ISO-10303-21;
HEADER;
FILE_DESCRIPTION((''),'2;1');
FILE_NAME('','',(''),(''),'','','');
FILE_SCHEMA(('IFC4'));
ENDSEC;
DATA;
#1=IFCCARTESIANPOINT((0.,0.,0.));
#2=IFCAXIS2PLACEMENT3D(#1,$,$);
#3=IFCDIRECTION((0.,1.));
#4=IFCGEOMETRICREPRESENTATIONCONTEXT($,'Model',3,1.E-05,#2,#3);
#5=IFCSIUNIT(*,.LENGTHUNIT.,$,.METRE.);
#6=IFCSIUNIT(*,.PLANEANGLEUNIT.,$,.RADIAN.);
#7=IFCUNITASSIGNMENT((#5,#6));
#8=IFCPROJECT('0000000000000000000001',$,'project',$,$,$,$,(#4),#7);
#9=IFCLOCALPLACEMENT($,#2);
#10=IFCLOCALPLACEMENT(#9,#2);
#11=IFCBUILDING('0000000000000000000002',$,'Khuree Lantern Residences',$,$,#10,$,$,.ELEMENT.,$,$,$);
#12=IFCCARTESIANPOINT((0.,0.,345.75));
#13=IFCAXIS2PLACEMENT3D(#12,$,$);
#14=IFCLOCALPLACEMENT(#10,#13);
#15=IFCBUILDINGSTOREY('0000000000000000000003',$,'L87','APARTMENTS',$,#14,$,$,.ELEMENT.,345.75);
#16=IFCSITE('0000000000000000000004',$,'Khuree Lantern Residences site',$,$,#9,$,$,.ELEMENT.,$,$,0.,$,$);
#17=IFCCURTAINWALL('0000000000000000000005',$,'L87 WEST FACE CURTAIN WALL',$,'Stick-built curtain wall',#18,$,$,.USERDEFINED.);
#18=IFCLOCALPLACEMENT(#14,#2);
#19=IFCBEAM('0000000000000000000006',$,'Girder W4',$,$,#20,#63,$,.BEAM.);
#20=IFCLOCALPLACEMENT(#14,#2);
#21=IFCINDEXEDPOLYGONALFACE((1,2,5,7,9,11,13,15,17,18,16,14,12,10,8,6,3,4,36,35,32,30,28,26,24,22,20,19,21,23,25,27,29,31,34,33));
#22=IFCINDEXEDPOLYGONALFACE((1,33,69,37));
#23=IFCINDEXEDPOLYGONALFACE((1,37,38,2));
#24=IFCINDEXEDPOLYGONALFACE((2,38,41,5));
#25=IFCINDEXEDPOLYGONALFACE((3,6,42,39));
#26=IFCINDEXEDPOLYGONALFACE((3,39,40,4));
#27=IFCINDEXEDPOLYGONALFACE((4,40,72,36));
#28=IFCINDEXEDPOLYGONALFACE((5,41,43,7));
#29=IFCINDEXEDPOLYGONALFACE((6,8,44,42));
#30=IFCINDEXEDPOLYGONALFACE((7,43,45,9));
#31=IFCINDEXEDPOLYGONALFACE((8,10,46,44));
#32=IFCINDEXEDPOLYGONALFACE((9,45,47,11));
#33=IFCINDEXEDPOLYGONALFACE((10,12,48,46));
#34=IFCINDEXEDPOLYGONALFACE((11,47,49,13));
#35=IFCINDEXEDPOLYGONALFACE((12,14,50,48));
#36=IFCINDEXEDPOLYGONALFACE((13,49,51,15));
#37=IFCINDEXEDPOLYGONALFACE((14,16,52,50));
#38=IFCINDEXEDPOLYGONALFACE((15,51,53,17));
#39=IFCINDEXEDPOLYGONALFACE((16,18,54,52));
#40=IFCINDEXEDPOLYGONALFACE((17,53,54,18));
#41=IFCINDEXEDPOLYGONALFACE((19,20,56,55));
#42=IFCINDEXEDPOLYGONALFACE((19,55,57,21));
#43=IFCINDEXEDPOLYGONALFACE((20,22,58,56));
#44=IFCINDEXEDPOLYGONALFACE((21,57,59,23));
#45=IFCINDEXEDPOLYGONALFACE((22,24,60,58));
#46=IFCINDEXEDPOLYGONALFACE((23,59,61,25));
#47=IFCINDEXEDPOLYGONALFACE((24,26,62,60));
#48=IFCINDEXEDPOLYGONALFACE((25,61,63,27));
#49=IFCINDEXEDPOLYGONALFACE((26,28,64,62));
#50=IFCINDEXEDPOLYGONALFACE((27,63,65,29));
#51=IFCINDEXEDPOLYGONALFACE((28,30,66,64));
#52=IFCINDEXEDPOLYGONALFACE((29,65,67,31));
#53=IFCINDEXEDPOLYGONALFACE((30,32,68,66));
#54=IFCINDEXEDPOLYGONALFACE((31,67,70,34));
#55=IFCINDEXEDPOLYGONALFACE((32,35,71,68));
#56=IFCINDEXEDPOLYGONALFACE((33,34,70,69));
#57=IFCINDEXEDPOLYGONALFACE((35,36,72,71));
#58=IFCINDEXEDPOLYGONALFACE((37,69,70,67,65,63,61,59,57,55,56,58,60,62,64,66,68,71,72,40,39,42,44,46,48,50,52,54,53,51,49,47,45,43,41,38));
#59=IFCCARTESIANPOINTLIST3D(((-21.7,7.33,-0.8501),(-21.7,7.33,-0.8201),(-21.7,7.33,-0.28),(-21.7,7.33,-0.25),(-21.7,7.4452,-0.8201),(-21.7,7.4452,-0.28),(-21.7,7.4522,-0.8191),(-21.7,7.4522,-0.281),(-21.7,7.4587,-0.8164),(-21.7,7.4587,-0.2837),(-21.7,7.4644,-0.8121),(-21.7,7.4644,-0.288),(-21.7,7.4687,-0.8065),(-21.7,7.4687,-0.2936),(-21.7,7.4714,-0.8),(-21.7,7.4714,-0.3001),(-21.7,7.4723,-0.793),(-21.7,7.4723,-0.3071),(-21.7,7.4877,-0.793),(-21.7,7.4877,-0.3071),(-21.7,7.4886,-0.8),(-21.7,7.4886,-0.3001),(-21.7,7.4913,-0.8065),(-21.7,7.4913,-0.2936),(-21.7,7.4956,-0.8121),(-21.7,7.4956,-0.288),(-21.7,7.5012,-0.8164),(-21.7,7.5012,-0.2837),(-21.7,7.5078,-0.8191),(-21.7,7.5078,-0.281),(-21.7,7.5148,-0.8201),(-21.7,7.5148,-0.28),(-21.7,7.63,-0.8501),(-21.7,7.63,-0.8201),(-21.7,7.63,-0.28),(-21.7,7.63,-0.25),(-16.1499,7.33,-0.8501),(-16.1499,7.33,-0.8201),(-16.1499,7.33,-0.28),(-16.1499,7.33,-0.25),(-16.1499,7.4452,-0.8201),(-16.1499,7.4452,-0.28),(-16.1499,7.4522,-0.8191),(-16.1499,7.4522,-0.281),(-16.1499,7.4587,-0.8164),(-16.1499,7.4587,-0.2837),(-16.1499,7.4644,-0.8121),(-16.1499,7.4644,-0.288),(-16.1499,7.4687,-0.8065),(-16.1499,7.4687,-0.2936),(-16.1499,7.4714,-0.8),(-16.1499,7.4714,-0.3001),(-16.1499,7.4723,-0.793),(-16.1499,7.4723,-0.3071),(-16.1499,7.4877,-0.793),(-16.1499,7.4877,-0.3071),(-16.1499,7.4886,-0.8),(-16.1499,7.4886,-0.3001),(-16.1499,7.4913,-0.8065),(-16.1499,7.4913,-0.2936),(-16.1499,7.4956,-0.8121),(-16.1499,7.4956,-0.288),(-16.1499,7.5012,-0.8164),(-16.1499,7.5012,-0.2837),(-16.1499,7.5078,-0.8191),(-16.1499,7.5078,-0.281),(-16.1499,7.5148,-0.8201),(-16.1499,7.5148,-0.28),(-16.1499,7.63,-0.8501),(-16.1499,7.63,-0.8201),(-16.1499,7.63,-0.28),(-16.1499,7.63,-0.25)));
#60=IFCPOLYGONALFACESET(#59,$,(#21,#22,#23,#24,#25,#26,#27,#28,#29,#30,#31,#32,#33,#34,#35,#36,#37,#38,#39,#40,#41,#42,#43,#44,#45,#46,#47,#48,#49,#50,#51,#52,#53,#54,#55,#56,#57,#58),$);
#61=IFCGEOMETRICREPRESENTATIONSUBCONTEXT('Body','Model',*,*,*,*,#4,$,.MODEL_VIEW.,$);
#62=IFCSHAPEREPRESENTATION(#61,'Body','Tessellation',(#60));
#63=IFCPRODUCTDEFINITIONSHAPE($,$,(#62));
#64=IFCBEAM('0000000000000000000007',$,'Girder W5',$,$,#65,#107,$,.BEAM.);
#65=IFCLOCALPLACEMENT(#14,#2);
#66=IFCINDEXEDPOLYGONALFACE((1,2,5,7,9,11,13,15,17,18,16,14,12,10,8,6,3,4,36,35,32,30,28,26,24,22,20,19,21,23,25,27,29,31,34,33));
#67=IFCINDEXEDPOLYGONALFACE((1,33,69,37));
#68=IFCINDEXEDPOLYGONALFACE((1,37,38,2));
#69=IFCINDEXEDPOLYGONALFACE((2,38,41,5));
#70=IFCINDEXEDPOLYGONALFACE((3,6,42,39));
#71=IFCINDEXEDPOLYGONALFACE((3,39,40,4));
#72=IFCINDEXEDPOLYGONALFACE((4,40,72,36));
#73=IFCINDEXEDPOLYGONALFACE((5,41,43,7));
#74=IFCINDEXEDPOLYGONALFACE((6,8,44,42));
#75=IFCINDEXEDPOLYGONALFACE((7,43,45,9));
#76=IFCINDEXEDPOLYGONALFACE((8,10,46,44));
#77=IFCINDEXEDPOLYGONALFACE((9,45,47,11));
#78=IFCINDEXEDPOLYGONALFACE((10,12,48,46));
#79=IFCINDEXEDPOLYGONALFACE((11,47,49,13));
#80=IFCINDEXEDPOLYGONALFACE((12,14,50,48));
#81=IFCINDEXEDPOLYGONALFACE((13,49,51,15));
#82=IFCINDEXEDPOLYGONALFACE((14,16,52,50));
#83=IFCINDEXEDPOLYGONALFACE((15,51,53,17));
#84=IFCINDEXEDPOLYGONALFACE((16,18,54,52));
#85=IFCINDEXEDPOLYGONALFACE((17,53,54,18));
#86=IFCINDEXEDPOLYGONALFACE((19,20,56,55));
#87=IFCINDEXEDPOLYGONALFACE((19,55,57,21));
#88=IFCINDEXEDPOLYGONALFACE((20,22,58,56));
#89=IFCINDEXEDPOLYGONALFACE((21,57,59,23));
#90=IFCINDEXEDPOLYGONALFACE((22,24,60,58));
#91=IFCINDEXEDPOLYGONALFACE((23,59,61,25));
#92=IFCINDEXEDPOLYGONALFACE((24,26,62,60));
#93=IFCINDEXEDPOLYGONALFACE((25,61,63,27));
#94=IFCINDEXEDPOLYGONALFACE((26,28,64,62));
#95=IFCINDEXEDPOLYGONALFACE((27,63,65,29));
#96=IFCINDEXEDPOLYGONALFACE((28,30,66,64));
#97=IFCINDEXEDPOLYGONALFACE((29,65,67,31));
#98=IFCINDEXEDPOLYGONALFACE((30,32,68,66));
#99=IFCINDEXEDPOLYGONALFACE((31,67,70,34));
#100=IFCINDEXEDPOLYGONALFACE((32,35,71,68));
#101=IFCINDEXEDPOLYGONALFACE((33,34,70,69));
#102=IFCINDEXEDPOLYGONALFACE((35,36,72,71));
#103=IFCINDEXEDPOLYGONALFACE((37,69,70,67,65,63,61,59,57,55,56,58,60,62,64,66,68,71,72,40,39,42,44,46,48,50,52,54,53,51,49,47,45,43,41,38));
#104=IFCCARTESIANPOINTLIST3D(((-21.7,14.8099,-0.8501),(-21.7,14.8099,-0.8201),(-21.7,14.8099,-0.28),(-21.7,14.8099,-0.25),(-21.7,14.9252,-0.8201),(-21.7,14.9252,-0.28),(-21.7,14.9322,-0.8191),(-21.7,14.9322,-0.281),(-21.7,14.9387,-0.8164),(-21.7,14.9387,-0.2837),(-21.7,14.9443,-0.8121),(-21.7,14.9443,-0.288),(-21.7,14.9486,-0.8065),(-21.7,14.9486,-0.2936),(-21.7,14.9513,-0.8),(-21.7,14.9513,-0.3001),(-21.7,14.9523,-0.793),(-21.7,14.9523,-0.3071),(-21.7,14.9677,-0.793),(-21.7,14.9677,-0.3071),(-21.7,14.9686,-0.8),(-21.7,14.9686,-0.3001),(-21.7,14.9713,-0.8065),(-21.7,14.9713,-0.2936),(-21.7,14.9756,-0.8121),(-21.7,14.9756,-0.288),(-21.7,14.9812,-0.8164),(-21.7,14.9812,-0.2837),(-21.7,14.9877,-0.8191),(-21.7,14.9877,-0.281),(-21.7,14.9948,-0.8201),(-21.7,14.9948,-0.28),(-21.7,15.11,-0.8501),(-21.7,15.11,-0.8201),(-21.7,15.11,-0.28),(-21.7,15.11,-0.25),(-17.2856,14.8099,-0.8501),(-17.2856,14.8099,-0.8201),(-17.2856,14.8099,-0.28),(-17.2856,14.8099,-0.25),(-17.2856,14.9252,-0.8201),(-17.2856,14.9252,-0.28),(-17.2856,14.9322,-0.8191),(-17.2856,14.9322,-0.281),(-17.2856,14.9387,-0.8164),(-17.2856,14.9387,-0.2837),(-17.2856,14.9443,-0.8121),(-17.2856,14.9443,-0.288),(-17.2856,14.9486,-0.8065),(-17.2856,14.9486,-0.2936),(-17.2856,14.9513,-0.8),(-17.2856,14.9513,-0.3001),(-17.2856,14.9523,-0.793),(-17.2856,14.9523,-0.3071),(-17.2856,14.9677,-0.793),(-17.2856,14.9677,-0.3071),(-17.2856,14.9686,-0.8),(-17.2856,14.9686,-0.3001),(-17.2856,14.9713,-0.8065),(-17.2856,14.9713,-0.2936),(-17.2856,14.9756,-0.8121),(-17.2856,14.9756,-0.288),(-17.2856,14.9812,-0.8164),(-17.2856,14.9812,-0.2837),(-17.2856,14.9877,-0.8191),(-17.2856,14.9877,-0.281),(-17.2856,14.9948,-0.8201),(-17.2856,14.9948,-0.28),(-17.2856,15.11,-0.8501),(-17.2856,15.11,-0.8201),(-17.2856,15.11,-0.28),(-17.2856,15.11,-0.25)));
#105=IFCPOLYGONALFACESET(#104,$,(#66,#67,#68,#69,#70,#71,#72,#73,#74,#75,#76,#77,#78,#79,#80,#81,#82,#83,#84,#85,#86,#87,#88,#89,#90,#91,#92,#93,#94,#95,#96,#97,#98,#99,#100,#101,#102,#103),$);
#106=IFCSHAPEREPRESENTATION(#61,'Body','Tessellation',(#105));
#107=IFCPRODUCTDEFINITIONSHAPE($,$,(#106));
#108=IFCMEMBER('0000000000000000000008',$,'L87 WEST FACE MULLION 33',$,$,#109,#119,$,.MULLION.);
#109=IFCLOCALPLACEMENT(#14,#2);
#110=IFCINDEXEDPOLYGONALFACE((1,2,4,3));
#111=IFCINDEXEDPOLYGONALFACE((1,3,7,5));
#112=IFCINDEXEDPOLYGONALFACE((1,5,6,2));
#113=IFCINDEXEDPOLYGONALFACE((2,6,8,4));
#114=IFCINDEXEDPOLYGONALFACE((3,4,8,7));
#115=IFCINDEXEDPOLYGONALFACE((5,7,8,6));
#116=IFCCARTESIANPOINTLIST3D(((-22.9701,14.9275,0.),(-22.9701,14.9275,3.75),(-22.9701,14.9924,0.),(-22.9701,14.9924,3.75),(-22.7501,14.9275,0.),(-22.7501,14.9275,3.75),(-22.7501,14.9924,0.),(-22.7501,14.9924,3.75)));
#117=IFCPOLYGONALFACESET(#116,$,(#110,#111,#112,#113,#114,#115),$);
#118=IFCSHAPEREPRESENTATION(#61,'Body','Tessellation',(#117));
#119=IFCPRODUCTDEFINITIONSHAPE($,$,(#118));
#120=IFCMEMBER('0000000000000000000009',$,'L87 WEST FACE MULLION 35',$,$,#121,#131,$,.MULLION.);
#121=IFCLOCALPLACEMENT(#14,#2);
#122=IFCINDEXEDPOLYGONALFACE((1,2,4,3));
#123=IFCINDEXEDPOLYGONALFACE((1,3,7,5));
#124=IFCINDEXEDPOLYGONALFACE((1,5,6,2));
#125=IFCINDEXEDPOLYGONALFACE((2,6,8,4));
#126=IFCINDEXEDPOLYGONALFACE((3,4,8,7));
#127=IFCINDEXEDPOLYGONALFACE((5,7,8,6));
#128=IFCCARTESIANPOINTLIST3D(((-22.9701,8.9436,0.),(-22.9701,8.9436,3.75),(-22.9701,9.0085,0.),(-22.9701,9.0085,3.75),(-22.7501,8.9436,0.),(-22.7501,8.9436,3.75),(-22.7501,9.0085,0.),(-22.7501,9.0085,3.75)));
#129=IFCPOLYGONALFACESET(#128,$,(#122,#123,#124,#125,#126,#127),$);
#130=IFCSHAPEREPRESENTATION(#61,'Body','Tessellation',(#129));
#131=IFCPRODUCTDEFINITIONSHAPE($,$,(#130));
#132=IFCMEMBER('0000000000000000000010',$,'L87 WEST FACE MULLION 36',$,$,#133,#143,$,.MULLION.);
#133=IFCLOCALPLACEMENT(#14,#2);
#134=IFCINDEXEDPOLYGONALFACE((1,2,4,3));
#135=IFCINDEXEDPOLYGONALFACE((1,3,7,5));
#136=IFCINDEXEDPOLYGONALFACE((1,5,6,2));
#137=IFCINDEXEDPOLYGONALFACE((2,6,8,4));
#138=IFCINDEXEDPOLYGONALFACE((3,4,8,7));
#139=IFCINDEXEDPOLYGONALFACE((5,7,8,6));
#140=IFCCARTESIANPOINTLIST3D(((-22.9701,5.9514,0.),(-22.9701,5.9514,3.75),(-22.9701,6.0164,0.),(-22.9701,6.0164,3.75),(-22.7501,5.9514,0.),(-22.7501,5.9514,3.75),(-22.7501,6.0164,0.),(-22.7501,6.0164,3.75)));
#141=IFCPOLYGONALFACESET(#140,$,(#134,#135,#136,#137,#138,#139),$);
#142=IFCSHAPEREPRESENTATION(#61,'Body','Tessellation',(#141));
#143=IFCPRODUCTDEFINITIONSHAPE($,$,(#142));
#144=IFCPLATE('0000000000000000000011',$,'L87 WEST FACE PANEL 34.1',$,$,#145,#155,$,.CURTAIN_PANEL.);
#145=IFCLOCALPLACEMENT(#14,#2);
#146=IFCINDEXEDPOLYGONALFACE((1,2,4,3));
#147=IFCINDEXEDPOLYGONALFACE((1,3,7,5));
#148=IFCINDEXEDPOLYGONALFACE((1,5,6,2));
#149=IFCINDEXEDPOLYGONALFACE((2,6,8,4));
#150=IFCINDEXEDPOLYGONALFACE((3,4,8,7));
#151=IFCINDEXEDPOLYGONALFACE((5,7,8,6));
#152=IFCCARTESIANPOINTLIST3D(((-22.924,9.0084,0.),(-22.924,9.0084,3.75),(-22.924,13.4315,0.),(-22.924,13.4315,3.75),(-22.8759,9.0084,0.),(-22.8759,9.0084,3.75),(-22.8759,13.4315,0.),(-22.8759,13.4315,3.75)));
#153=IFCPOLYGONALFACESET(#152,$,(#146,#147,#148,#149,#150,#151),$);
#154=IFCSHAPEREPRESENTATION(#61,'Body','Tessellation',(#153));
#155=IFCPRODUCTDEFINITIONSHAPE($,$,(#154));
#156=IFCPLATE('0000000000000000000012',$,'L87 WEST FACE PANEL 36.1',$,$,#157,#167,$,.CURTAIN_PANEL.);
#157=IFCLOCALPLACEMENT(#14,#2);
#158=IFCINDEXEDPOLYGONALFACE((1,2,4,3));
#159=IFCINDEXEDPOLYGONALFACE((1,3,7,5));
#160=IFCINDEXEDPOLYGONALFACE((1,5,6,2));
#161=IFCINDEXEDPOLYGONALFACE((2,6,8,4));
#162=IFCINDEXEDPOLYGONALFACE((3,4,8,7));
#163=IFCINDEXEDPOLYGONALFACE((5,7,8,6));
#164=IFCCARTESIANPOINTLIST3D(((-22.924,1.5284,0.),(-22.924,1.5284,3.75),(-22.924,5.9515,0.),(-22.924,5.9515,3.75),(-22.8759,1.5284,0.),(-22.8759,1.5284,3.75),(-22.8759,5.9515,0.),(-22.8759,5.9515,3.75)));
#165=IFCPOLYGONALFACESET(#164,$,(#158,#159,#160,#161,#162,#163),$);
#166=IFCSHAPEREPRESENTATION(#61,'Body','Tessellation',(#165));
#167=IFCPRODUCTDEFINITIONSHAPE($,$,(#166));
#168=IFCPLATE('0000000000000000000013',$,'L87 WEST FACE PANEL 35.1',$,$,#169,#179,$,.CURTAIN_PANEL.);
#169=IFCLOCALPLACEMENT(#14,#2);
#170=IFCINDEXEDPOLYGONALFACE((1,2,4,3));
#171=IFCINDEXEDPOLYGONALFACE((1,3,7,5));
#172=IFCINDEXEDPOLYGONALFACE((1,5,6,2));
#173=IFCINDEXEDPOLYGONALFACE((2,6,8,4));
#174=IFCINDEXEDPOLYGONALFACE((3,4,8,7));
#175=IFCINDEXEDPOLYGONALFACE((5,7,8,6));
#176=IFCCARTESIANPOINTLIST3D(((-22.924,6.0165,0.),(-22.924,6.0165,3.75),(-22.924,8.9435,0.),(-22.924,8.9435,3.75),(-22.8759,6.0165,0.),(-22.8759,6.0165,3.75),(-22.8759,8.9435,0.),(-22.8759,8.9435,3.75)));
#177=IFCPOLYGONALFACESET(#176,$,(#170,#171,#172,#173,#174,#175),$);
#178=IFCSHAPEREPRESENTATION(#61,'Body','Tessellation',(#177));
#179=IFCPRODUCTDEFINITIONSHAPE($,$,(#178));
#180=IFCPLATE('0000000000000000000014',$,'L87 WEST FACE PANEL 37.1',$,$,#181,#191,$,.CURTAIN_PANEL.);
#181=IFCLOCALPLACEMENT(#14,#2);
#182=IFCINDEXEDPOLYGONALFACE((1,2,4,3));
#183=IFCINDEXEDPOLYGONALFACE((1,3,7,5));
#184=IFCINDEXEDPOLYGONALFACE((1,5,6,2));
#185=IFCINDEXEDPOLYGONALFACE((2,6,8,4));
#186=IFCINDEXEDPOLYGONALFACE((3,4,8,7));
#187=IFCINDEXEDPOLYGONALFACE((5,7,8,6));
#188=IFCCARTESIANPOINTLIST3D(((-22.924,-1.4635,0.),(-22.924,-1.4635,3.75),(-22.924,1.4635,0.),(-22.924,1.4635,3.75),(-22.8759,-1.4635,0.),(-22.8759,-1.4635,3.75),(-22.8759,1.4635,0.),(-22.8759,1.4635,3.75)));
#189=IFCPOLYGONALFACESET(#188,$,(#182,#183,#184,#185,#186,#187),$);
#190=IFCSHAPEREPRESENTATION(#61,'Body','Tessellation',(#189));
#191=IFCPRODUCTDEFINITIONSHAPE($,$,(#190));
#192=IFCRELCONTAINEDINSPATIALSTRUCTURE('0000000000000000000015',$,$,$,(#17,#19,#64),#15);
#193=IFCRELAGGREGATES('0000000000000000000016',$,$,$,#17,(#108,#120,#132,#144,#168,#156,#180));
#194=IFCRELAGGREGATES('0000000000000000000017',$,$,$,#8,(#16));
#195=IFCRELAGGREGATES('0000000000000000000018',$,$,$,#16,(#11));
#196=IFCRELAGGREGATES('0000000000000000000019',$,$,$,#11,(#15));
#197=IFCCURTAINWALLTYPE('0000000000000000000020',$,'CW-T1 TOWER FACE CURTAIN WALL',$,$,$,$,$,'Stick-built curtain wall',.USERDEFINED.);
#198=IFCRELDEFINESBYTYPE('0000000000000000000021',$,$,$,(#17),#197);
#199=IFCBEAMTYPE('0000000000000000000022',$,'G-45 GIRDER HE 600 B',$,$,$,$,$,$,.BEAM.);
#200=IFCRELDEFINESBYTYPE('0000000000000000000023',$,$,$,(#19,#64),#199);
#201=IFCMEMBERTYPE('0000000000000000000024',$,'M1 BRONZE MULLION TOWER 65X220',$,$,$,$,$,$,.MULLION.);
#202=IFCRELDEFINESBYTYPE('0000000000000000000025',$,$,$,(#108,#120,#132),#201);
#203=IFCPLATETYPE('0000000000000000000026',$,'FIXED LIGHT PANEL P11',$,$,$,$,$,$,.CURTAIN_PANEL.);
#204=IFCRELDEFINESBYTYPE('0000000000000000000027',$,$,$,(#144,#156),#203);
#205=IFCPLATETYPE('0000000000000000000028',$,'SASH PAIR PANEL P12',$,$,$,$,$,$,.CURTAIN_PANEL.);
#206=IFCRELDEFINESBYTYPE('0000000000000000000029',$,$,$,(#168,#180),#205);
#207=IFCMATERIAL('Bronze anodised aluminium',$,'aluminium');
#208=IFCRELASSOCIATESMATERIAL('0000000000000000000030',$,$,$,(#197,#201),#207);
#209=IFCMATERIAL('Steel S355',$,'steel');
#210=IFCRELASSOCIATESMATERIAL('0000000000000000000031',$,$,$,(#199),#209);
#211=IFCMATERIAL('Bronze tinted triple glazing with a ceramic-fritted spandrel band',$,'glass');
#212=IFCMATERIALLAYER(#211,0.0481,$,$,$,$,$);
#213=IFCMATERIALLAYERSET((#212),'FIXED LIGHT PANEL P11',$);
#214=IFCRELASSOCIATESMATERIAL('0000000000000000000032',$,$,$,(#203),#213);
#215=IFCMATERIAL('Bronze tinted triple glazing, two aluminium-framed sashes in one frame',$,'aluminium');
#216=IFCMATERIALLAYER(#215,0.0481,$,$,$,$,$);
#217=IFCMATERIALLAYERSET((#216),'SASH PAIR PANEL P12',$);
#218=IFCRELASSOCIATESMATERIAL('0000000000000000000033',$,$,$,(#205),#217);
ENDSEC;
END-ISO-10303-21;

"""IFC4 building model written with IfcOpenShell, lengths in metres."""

from ifc_helpers import new_model, si_unit, direction, frame, origin, origin_2d, place, context, subcontext, project, spatial, rectangle, i_section, extrude, material, layer, layer_set, material_profile, profile_set, type_object, element, aggregate, save


model = new_model("IFC4")

# Units and contexts
model_context = context("Model", 3, precision=1e-05, world=origin(), true_north=direction((0.0, 1.0)))
body_context = subcontext(model_context, "Body", "Model", "MODEL_VIEW")
ifc_project = project(units=[si_unit("LENGTHUNIT", "METRE"), si_unit("PLANEANGLEUNIT", "RADIAN")], contexts=[model_context])

# Site, building, storey
site_placement = place(None, origin())
site = spatial("IfcSite", under=ifc_project, at=site_placement, Name="Khuree Lantern Residences site", CompositionType="ELEMENT", RefElevation=0.0)
building_placement = place(site_placement, origin())
building = spatial("IfcBuilding", under=site, at=building_placement, Name="Khuree Lantern Residences", CompositionType="ELEMENT")
storey_placement = place(building_placement, frame((0.0, 0.0, 345.75)))
storey = spatial("IfcBuildingStorey", under=building, at=storey_placement, Name="L87", Description="APARTMENTS", CompositionType="ELEMENT", Elevation=345.75)

# Shared definitions
ifc_material_1 = material(Name="Steel S355", Category="steel")

# Curtain wall
ifc_material_2 = material(Name="Bronze anodised aluminium", Category="aluminium")
curtain_wall_type = type_object("IfcCurtainWallType", Name="CW-T1 TOWER FACE CURTAIN WALL", ElementType="Stick-built curtain wall", PredefinedType="USERDEFINED", material=ifc_material_2)
curtain_wall_placement = place(storey_placement, origin())
curtain_wall = element("IfcCurtainWall", 1, at=curtain_wall_placement, inside=storey, type_object=curtain_wall_type, Name="L87 WEST FACE CURTAIN WALL", ObjectType="Stick-built curtain wall", PredefinedType="USERDEFINED")

# Beams
ifc_material_profile_1 = material_profile(ifc_material_1, i_section(OverallWidth=0.3, OverallDepth=0.6001, WebThickness=0.0154, FlangeThickness=0.03, FilletRadius=0.0271, at=origin_2d()), Name="HE 600 B")
ifc_profile_set_1 = profile_set([ifc_material_profile_1], Name="Steel S355")
beam_type_1 = type_object("IfcBeamType", Name="G-45 GIRDER HE 600 B", PredefinedType="BEAM", material=ifc_profile_set_1)
for number, where, z_axis, x_axis, name in (
    (2, (-21.7, 7.48, -0.55), (1.0, 0.0, 0.0), (0.0, 1.0, 0.0), "Girder W4"),
):
    element("IfcBeam", number, at=place(storey_placement, frame(where, z_axis=z_axis, x_axis=x_axis)), inside=storey, type_object=beam_type_1, Name=name, PredefinedType="BEAM", context=body_context, shape_type="SweptSolid", body=[
        extrude(i_section(OverallWidth=0.3, OverallDepth=0.6001, WebThickness=0.0154, FlangeThickness=0.03, FilletRadius=0.0271, at=origin_2d()), origin(), (0.0, 0.0, 1.0), 5.55),
    ])
beam_1_placement = place(storey_placement, frame((-21.7, 14.96, -0.55), z_axis=(1.0, 0.0, 0.0), x_axis=(0.0, 1.0, 0.0)))
element("IfcBeam", 3, at=beam_1_placement, inside=storey, type_object=beam_type_1, Name="Girder W5", PredefinedType="BEAM", context=body_context, shape_type="SweptSolid", body=[
    extrude(i_section(OverallWidth=0.3, OverallDepth=0.6001, WebThickness=0.0154, FlangeThickness=0.03, FilletRadius=0.0271, at=origin_2d()), origin(), (0.0, 0.0, 1.0), 4.4143),
])

# Members
ifc_material_profile_2 = material_profile(ifc_material_2, rectangle(XDim=0.0649, YDim=0.22, at=origin_2d()), Name="M1 65X220")
ifc_profile_set_2 = profile_set([ifc_material_profile_2], Name="Bronze anodised aluminium")
member_type_1 = type_object("IfcMemberType", Name="M1 BRONZE MULLION TOWER 65X220", PredefinedType="MULLION", material=ifc_profile_set_2)
member_1_placement = place(storey_placement, frame((-22.8601, 14.96, 0.0), z_axis=(0.0, 0.0, 1.0), x_axis=(0.0, -1.0, 0.0)))
member_1 = element("IfcMember", 4, at=member_1_placement, type_object=member_type_1, Name="L87 WEST FACE MULLION 33", PredefinedType="MULLION", context=body_context, shape_type="SweptSolid", body=[
    extrude(rectangle(XDim=0.0649, YDim=0.22, at=origin_2d()), origin(), (0.0, 0.0, 1.0), 3.75),
])
member_2_placement = place(storey_placement, frame((-22.8601, 8.9761, 0.0), z_axis=(0.0, 0.0, 1.0), x_axis=(0.0, -1.0, 0.0)))
member_2 = element("IfcMember", 5, at=member_2_placement, type_object=member_type_1, Name="L87 WEST FACE MULLION 35", PredefinedType="MULLION", context=body_context, shape_type="SweptSolid", body=[
    extrude(rectangle(XDim=0.0649, YDim=0.22, at=origin_2d()), origin(), (0.0, 0.0, 1.0), 3.75),
])
member_3_placement = place(storey_placement, frame((-22.8601, 5.9839, 0.0), z_axis=(0.0, 0.0, 1.0), x_axis=(0.0, -1.0, 0.0)))
member_3 = element("IfcMember", 6, at=member_3_placement, type_object=member_type_1, Name="L87 WEST FACE MULLION 36", PredefinedType="MULLION", context=body_context, shape_type="SweptSolid", body=[
    extrude(rectangle(XDim=0.0649, YDim=0.22, at=origin_2d()), origin(), (0.0, 0.0, 1.0), 3.75),
])

# Plates
ifc_material_3 = material(Name="Bronze tinted triple glazing with a ceramic-fritted spandrel band", Category="glass")
ifc_layer_1 = layer(ifc_material_3, 0.0481)
ifc_layer_set_1 = layer_set([ifc_layer_1], Name="FIXED LIGHT PANEL P11")
plate_type_1 = type_object("IfcPlateType", Name="FIXED LIGHT PANEL P11", PredefinedType="CURTAIN_PANEL", material=ifc_layer_set_1)
plate_1_placement = place(storey_placement, frame((-22.8999, 11.22, 0.0), z_axis=(0.0, 0.0, 1.0), x_axis=(0.0, -1.0, 0.0)))
plate_1 = element("IfcPlate", 7, at=plate_1_placement, type_object=plate_type_1, Name="L87 WEST FACE PANEL 34.1", PredefinedType="CURTAIN_PANEL", context=body_context, shape_type="SweptSolid", body=[
    extrude(rectangle(XDim=4.4231, YDim=0.0481, at=origin_2d()), origin(), (0.0, 0.0, 1.0), 3.75),
])
plate_2_placement = place(storey_placement, frame((-22.8999, 3.74, 0.0), z_axis=(0.0, 0.0, 1.0), x_axis=(0.0, -1.0, 0.0)))
plate_2 = element("IfcPlate", 8, at=plate_2_placement, type_object=plate_type_1, Name="L87 WEST FACE PANEL 36.1", PredefinedType="CURTAIN_PANEL", context=body_context, shape_type="SweptSolid", body=[
    extrude(rectangle(XDim=4.4231, YDim=0.0481, at=origin_2d()), origin(), (0.0, 0.0, 1.0), 3.75),
])
ifc_material_4 = material(Name="Bronze tinted triple glazing, two aluminium-framed sashes in one frame", Category="aluminium")
ifc_layer_2 = layer(ifc_material_4, 0.0481)
ifc_layer_set_2 = layer_set([ifc_layer_2], Name="SASH PAIR PANEL P12")
plate_type_2 = type_object("IfcPlateType", Name="SASH PAIR PANEL P12", PredefinedType="CURTAIN_PANEL", material=ifc_layer_set_2)
plate_3_placement = place(storey_placement, frame((-22.8999, 7.48, 0.0), z_axis=(0.0, 0.0, 1.0), x_axis=(0.0, -1.0, 0.0)))
plate_3 = element("IfcPlate", 9, at=plate_3_placement, type_object=plate_type_2, Name="L87 WEST FACE PANEL 35.1", PredefinedType="CURTAIN_PANEL", context=body_context, shape_type="SweptSolid", body=[
    extrude(rectangle(XDim=2.927, YDim=0.0481, at=origin_2d()), origin(), (0.0, 0.0, 1.0), 3.75),
])
plate_4_placement = place(storey_placement, frame((-22.8999, 0.0, 0.0), z_axis=(0.0, 0.0, 1.0), x_axis=(0.0, -1.0, 0.0)))
plate_4 = element("IfcPlate", 10, at=plate_4_placement, type_object=plate_type_2, Name="L87 WEST FACE PANEL 37.1", PredefinedType="CURTAIN_PANEL", context=body_context, shape_type="SweptSolid", body=[
    extrude(rectangle(XDim=2.927, YDim=0.0481, at=origin_2d()), origin(), (0.0, 0.0, 1.0), 3.75),
])
aggregate(curtain_wall, [member_1, member_2, member_3, plate_1, plate_3, plate_2, plate_4])

save(model, "model.ifc")
